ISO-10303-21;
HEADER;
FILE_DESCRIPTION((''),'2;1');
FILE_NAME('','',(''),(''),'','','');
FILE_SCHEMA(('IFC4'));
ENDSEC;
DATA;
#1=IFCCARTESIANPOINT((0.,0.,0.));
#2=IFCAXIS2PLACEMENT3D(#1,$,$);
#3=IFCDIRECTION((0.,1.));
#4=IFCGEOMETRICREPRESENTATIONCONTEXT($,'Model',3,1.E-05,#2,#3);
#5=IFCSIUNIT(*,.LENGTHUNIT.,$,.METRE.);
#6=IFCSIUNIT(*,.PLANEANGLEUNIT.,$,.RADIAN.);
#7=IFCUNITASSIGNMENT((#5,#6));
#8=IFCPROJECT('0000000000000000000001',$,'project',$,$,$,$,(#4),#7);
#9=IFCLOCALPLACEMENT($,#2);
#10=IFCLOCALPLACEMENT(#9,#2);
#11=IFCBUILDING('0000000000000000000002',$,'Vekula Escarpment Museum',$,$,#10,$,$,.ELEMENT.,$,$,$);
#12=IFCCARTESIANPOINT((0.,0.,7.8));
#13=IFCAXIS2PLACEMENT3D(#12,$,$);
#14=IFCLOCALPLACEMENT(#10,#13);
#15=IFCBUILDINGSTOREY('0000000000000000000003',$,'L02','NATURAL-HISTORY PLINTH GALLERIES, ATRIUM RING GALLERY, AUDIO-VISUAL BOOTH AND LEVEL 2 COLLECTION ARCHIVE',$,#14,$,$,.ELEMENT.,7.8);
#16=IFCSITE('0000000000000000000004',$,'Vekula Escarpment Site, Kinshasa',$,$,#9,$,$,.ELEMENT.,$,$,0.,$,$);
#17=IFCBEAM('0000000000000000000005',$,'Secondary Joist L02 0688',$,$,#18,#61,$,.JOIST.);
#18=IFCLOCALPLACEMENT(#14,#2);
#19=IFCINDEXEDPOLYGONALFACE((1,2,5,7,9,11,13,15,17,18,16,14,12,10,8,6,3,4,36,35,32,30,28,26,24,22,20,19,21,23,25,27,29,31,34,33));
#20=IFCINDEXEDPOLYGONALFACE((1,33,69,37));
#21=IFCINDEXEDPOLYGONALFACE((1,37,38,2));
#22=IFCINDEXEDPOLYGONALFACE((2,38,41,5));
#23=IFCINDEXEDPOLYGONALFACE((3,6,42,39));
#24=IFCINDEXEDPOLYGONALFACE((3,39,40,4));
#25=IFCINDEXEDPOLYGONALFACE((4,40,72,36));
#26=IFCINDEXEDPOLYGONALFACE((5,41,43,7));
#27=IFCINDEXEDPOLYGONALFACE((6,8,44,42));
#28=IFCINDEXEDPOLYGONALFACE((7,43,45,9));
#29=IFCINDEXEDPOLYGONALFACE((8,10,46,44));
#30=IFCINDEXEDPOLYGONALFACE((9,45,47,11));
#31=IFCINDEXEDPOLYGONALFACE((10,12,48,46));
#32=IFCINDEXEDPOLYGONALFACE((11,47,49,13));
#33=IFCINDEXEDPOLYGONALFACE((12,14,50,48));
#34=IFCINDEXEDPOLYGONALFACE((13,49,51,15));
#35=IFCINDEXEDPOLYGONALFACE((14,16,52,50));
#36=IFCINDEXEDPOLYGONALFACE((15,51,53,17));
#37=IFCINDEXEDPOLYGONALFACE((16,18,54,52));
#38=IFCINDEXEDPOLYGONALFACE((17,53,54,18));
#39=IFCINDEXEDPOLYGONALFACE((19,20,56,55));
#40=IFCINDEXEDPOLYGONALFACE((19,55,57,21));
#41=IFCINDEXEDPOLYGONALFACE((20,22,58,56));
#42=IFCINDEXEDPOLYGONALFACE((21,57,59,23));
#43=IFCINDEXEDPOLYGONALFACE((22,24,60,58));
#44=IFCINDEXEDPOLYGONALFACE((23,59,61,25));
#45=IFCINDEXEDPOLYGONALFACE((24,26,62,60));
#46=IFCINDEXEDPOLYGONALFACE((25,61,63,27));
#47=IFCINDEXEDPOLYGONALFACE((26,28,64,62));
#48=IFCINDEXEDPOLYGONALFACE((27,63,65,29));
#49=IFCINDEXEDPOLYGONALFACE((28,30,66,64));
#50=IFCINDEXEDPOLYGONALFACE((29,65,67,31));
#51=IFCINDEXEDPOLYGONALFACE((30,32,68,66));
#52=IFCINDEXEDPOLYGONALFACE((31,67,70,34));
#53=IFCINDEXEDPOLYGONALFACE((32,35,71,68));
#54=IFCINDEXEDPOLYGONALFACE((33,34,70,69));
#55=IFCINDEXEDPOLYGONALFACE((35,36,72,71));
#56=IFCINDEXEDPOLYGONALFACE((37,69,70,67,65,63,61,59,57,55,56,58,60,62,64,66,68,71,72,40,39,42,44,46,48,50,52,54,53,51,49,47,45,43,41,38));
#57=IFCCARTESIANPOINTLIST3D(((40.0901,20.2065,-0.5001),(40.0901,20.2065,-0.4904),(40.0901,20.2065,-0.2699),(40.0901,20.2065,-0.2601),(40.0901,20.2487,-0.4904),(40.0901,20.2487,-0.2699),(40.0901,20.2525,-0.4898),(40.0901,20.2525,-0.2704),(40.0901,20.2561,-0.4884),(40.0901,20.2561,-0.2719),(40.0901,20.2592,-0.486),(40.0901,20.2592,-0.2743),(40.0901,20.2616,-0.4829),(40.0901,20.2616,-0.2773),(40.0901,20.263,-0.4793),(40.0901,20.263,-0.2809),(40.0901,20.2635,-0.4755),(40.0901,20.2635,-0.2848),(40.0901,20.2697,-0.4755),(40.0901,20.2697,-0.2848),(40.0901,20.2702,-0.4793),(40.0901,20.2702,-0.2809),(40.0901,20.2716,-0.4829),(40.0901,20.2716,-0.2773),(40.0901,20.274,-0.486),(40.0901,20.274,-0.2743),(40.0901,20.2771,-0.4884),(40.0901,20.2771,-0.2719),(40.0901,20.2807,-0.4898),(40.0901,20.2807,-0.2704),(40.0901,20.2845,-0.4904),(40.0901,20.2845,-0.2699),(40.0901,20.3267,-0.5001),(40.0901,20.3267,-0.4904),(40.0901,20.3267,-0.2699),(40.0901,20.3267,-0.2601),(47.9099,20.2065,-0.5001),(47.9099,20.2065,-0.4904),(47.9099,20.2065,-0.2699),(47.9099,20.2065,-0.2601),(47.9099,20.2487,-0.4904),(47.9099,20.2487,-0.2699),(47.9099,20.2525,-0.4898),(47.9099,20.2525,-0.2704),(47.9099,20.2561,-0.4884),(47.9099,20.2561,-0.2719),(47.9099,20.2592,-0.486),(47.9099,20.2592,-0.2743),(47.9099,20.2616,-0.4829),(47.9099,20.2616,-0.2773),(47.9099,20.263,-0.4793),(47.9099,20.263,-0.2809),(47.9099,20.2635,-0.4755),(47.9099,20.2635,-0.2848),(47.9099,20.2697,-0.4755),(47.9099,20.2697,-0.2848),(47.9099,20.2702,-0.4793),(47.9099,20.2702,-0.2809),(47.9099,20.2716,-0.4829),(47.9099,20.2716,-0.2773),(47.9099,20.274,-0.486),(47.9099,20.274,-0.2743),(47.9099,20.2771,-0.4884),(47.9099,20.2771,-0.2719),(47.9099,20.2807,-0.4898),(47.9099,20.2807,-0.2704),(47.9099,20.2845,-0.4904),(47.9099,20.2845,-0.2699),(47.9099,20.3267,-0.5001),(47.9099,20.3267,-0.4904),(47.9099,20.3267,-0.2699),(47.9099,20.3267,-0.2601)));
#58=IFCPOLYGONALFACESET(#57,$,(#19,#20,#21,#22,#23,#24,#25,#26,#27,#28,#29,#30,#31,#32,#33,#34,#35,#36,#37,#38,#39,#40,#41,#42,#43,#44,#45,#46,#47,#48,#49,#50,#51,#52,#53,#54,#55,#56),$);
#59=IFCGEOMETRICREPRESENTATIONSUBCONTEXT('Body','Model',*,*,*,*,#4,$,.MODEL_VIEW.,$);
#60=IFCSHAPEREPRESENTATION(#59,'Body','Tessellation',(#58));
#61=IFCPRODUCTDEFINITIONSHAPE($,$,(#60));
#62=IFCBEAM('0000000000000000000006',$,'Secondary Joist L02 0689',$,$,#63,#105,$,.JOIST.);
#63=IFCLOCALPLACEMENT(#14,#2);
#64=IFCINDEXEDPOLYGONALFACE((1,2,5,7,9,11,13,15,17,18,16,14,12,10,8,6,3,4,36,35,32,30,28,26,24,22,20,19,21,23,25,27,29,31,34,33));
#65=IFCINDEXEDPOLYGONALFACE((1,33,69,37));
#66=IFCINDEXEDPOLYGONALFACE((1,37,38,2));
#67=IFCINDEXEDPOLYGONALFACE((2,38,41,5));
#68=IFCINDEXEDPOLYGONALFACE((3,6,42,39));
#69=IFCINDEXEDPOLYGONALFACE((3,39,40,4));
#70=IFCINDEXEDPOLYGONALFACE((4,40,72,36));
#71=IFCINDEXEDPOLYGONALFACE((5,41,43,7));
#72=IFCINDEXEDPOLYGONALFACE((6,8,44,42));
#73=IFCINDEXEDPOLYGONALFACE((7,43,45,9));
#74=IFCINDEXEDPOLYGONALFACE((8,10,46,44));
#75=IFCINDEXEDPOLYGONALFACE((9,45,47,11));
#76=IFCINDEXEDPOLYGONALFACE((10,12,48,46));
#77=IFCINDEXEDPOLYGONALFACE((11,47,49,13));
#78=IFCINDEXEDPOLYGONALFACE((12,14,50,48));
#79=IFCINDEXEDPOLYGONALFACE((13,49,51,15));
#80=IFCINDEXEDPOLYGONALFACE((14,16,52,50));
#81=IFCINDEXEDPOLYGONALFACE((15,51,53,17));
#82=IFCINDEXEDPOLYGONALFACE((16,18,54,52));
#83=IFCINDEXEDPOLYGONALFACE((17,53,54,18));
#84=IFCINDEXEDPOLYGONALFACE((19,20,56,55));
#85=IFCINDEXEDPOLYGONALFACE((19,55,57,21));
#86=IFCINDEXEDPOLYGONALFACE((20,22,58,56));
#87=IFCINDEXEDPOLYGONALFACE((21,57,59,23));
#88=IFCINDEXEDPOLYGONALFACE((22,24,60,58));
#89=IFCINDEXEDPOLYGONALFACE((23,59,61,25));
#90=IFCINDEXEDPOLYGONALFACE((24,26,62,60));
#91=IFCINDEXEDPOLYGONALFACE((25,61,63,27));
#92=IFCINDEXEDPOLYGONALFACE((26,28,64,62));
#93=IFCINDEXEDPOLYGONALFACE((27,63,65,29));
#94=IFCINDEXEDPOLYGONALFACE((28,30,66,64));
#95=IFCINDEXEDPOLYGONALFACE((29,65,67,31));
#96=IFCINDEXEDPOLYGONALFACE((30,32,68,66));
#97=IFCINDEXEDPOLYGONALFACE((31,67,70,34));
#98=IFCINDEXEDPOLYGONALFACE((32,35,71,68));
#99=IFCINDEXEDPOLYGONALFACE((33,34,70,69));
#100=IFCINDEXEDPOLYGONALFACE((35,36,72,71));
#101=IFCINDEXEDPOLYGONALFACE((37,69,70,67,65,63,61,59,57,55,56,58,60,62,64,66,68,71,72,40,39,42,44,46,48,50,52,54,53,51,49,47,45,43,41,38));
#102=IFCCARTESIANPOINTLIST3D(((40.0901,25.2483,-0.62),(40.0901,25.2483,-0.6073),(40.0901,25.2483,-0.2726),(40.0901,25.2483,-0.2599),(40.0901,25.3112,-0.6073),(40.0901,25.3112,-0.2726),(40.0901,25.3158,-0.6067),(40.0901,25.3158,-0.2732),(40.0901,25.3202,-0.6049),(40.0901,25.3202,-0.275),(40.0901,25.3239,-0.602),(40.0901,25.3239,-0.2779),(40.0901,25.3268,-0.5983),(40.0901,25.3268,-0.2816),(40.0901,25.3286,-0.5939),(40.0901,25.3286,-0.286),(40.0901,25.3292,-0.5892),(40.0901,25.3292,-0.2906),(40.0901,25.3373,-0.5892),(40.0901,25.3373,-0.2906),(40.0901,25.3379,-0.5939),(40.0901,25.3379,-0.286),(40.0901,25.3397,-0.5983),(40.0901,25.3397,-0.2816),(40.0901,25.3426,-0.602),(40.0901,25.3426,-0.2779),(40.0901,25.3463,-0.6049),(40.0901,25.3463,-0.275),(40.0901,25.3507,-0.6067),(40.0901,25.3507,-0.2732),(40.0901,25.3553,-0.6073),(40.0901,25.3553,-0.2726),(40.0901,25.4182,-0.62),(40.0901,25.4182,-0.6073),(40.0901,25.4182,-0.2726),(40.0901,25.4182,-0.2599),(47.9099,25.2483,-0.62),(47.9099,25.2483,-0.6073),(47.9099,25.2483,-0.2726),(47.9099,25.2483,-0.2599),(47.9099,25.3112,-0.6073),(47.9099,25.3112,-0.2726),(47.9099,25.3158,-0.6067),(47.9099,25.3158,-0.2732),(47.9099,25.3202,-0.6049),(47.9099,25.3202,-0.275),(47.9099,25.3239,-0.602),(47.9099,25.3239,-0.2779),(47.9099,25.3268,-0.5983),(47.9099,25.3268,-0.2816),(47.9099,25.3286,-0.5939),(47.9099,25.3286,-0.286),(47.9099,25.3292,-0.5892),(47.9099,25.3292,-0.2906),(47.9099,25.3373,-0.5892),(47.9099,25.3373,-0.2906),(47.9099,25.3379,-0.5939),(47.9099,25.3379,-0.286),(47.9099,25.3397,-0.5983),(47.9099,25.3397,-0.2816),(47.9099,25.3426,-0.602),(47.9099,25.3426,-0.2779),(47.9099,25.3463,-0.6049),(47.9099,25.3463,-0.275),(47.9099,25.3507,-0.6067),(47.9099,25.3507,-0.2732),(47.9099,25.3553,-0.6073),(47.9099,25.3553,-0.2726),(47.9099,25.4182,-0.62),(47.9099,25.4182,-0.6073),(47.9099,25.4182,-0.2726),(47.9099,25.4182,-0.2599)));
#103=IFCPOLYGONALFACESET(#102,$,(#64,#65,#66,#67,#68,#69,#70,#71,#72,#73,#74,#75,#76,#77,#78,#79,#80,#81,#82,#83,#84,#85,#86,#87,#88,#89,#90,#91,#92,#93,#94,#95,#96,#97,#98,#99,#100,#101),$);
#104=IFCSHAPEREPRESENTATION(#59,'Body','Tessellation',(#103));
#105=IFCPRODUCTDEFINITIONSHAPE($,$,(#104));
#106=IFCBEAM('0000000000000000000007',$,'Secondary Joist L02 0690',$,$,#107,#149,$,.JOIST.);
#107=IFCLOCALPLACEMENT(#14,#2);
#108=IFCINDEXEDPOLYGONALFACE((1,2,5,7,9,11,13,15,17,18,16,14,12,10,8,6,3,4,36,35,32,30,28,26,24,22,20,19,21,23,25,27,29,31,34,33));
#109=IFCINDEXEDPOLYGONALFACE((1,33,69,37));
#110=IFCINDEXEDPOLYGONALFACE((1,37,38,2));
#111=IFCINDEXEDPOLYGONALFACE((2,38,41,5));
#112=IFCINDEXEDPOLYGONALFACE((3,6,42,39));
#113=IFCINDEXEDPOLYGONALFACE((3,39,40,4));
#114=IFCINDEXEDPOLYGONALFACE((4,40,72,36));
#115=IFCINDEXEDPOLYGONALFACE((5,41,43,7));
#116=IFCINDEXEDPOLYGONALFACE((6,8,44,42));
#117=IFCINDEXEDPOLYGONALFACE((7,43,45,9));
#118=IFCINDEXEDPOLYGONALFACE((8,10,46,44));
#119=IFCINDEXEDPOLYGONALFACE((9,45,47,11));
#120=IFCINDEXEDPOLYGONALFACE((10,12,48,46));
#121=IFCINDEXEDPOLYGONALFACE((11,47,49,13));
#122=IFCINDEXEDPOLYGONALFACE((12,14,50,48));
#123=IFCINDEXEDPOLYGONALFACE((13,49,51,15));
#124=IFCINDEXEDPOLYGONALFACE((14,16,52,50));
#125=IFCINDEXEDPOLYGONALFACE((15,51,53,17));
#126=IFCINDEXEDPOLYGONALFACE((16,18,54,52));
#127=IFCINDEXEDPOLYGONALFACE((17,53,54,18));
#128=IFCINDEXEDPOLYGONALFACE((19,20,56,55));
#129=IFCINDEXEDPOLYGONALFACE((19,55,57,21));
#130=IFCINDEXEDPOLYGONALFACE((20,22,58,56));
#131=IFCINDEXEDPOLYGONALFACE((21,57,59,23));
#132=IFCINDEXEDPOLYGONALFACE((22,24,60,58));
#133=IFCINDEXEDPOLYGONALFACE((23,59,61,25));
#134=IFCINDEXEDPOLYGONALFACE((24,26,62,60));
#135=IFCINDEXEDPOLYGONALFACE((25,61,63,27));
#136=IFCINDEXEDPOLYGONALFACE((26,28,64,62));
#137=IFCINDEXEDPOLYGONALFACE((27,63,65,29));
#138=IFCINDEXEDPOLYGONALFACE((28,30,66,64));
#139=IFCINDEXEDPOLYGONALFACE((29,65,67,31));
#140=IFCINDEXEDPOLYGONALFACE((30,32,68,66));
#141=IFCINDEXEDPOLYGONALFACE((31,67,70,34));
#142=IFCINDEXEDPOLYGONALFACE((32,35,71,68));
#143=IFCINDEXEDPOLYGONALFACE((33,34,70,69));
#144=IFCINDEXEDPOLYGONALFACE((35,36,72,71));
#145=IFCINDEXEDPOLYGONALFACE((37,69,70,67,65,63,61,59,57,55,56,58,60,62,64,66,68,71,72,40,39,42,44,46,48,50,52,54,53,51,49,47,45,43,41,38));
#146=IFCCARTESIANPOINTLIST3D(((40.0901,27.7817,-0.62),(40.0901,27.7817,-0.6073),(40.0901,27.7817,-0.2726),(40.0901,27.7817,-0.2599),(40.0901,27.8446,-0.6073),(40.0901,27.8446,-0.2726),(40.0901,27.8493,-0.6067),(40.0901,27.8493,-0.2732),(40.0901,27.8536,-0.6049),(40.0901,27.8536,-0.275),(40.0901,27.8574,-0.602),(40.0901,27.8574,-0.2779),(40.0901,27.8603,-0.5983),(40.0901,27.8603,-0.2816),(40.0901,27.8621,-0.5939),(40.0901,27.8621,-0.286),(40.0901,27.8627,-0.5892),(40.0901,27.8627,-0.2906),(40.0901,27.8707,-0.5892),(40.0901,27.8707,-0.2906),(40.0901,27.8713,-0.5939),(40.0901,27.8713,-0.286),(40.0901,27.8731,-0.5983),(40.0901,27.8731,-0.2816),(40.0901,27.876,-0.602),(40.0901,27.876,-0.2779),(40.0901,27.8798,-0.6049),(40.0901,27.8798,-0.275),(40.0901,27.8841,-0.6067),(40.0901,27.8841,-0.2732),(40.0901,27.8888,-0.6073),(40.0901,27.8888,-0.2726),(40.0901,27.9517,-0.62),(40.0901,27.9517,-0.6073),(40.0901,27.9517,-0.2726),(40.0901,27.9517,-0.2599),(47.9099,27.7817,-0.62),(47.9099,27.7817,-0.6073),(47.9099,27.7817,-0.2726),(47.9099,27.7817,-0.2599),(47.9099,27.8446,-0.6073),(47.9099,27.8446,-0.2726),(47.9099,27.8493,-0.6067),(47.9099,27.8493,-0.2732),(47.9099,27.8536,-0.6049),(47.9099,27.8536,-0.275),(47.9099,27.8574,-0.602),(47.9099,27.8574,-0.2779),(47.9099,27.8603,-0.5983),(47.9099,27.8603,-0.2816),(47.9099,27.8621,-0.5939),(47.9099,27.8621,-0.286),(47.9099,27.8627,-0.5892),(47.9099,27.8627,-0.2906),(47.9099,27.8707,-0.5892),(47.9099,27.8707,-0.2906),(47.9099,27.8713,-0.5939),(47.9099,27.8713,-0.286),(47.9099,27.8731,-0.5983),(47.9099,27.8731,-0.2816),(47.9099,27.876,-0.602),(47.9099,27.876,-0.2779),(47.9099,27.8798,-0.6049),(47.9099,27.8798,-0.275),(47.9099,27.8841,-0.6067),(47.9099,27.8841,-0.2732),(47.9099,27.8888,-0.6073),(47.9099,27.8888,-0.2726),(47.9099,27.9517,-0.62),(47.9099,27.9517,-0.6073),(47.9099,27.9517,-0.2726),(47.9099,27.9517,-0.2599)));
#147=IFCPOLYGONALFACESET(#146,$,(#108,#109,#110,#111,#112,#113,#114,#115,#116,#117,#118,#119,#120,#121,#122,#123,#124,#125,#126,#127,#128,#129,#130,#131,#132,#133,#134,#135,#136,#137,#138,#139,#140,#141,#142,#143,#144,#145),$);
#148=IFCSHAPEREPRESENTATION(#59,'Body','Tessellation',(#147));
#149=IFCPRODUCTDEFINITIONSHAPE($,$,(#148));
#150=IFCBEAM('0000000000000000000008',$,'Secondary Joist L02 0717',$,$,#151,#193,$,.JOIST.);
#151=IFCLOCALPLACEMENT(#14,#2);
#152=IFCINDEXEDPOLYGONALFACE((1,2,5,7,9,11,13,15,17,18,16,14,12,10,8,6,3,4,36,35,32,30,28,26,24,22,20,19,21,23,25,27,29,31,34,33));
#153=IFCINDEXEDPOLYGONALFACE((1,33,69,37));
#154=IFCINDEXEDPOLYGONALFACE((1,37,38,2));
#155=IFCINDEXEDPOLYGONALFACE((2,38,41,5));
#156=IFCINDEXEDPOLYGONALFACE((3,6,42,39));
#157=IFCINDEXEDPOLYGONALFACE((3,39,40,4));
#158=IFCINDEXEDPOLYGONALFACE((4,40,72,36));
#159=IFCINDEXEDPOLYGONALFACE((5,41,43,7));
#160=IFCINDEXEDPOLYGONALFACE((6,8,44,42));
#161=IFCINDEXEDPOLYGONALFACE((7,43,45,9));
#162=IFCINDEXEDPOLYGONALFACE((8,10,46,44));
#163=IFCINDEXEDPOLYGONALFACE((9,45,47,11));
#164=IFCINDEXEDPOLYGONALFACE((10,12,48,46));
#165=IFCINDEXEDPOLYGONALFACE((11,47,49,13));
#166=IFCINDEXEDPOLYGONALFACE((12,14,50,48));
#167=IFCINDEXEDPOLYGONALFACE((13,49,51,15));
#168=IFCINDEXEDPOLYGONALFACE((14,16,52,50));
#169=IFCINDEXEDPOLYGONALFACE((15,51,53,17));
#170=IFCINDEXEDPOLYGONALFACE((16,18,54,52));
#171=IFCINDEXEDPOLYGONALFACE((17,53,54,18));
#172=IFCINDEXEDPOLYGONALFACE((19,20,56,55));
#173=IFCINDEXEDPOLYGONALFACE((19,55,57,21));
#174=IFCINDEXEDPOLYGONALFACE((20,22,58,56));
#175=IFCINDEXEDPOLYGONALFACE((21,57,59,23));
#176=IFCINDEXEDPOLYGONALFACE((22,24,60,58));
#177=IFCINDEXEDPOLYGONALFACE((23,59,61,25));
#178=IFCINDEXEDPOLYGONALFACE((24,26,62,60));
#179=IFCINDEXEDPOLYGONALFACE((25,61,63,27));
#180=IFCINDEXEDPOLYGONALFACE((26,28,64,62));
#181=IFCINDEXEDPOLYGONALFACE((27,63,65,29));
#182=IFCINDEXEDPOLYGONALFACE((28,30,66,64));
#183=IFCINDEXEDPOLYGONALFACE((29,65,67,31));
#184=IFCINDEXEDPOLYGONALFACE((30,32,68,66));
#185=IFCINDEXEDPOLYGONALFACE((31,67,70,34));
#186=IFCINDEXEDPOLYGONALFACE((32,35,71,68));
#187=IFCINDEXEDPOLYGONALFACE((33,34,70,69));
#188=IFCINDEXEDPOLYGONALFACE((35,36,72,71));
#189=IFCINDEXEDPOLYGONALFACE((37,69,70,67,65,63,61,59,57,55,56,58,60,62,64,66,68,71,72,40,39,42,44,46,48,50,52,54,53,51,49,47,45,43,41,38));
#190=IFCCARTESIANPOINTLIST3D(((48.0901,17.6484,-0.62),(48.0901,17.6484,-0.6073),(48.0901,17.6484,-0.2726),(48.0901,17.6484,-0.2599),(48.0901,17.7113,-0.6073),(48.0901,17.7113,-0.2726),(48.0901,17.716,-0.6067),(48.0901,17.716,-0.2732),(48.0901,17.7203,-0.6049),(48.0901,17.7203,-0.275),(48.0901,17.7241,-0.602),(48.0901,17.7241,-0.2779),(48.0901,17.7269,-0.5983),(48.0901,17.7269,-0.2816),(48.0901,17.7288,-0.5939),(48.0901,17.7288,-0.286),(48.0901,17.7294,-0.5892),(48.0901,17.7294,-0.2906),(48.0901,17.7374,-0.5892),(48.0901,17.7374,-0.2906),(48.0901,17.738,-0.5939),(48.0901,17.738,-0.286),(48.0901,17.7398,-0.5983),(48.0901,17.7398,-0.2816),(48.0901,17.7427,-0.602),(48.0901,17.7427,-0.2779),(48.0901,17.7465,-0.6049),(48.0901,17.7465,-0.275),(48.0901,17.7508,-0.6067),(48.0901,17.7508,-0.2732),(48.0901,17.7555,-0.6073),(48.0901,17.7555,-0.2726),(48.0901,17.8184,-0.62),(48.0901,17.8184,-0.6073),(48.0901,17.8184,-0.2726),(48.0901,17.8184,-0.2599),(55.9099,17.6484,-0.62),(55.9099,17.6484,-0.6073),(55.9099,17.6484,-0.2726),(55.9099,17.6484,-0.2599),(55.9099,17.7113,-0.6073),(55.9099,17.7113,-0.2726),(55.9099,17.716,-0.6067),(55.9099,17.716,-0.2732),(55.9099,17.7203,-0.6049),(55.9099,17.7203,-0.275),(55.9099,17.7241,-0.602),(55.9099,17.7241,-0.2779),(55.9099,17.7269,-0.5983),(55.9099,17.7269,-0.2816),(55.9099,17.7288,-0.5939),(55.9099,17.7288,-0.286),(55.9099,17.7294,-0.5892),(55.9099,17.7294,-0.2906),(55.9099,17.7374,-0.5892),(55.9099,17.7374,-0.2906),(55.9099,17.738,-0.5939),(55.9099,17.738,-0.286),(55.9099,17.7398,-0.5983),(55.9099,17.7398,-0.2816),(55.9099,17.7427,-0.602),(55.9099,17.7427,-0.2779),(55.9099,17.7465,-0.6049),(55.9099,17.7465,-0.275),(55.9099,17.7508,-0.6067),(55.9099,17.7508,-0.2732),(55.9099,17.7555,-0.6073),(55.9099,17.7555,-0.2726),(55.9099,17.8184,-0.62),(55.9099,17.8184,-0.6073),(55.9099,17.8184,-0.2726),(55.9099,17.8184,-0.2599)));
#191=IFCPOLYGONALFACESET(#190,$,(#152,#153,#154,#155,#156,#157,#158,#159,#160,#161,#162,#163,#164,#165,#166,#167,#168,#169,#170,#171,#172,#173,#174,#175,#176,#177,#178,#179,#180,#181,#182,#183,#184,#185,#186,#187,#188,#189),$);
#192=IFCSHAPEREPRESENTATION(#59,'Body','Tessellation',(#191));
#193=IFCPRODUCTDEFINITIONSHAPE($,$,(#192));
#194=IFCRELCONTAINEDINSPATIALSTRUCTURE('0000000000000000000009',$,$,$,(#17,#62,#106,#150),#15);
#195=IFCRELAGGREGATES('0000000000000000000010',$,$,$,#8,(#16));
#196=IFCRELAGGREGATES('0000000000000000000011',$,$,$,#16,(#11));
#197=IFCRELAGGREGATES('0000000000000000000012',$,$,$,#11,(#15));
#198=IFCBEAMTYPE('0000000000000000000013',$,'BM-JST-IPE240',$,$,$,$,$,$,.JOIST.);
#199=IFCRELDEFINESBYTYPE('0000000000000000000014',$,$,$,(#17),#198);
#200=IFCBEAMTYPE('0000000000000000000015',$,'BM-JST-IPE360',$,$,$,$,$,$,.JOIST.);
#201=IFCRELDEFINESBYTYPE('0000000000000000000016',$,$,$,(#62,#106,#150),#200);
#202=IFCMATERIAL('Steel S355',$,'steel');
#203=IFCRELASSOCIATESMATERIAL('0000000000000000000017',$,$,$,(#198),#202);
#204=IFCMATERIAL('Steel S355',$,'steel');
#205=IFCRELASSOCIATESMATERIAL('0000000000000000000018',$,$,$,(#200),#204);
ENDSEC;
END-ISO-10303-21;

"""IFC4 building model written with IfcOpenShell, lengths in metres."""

from ifc_helpers import new_model, si_unit, direction, frame, origin, origin_2d, place, context, subcontext, project, spatial, i_section, extrude, material, material_profile, profile_set, type_object, element, save


model = new_model("IFC4")

# Units and contexts
model_context = context("Model", 3, precision=1e-05, world=origin(), true_north=direction((0.0, 1.0)))
body_context = subcontext(model_context, "Body", "Model", "MODEL_VIEW")
ifc_project = project(units=[si_unit("LENGTHUNIT", "METRE"), si_unit("PLANEANGLEUNIT", "RADIAN")], contexts=[model_context])

# Site, building, storey
site_placement = place(None, origin())
site = spatial("IfcSite", under=ifc_project, at=site_placement, Name="Vekula Escarpment Site, Kinshasa", CompositionType="ELEMENT", RefElevation=0.0)
building_placement = place(site_placement, origin())
building = spatial("IfcBuilding", under=site, at=building_placement, Name="Vekula Escarpment Museum", CompositionType="ELEMENT")
storey_placement = place(building_placement, frame((0.0, 0.0, 7.8)))
storey = spatial("IfcBuildingStorey", under=building, at=storey_placement, Name="L02", Description="NATURAL-HISTORY PLINTH GALLERIES, ATRIUM RING GALLERY, AUDIO-VISUAL BOOTH AND LEVEL 2 COLLECTION ARCHIVE", CompositionType="ELEMENT", Elevation=7.8)

# Beams
ifc_material_1 = material(Name="Steel S355", Category="steel")
ifc_material_profile_1 = material_profile(ifc_material_1, i_section(OverallWidth=0.1201, OverallDepth=0.24, WebThickness=0.0061, FlangeThickness=0.0098, FilletRadius=0.0149, at=origin_2d()), Name="IPE 240")
ifc_profile_set_1 = profile_set([ifc_material_profile_1], Name="Steel S355")
beam_type_1 = type_object("IfcBeamType", Name="BM-JST-IPE240", PredefinedType="JOIST", material=ifc_profile_set_1)
for number, where, z_axis, x_axis, name in (
    (1, (40.0901, 20.2666, -0.3801), (1.0, 0.0, 0.0), (0.0, 1.0, 0.0), "Secondary Joist L02 0688"),
):
    element("IfcBeam", number, at=place(storey_placement, frame(where, z_axis=z_axis, x_axis=x_axis)), inside=storey, type_object=beam_type_1, Name=name, PredefinedType="JOIST", context=body_context, shape_type="SweptSolid", body=[
        extrude(i_section(OverallWidth=0.1201, OverallDepth=0.24, WebThickness=0.0061, FlangeThickness=0.0098, FilletRadius=0.0149, at=origin_2d()), origin(), (0.0, 0.0, 1.0), 7.8198),
    ])
ifc_material_2 = material(Name="Steel S355", Category="steel")
ifc_material_profile_2 = material_profile(ifc_material_2, i_section(OverallWidth=0.1699, OverallDepth=0.3601, WebThickness=0.0081, FlangeThickness=0.0127, FilletRadius=0.0181, at=origin_2d()), Name="IPE 360")
ifc_profile_set_2 = profile_set([ifc_material_profile_2], Name="Steel S355")
beam_type_2 = type_object("IfcBeamType", Name="BM-JST-IPE360", PredefinedType="JOIST", material=ifc_profile_set_2)
for number, where, z_axis, x_axis, name in (
    (2, (40.0901, 25.3333, -0.4399), (1.0, 0.0, 0.0), (0.0, 1.0, 0.0), "Secondary Joist L02 0689"),
    (3, (40.0901, 27.8667, -0.4399), (1.0, 0.0, 0.0), (0.0, 1.0, 0.0), "Secondary Joist L02 0690"),
    (4, (48.0901, 17.7334, -0.4399), (1.0, 0.0, 0.0), (0.0, 1.0, 0.0), "Secondary Joist L02 0717"),
):
    element("IfcBeam", number, at=place(storey_placement, frame(where, z_axis=z_axis, x_axis=x_axis)), inside=storey, type_object=beam_type_2, Name=name, PredefinedType="JOIST", context=body_context, shape_type="SweptSolid", body=[
        extrude(i_section(OverallWidth=0.1699, OverallDepth=0.3601, WebThickness=0.0081, FlangeThickness=0.0127, FilletRadius=0.0181, at=origin_2d()), origin(), (0.0, 0.0, 1.0), 7.8198),
    ])

save(model, "model.ifc")
